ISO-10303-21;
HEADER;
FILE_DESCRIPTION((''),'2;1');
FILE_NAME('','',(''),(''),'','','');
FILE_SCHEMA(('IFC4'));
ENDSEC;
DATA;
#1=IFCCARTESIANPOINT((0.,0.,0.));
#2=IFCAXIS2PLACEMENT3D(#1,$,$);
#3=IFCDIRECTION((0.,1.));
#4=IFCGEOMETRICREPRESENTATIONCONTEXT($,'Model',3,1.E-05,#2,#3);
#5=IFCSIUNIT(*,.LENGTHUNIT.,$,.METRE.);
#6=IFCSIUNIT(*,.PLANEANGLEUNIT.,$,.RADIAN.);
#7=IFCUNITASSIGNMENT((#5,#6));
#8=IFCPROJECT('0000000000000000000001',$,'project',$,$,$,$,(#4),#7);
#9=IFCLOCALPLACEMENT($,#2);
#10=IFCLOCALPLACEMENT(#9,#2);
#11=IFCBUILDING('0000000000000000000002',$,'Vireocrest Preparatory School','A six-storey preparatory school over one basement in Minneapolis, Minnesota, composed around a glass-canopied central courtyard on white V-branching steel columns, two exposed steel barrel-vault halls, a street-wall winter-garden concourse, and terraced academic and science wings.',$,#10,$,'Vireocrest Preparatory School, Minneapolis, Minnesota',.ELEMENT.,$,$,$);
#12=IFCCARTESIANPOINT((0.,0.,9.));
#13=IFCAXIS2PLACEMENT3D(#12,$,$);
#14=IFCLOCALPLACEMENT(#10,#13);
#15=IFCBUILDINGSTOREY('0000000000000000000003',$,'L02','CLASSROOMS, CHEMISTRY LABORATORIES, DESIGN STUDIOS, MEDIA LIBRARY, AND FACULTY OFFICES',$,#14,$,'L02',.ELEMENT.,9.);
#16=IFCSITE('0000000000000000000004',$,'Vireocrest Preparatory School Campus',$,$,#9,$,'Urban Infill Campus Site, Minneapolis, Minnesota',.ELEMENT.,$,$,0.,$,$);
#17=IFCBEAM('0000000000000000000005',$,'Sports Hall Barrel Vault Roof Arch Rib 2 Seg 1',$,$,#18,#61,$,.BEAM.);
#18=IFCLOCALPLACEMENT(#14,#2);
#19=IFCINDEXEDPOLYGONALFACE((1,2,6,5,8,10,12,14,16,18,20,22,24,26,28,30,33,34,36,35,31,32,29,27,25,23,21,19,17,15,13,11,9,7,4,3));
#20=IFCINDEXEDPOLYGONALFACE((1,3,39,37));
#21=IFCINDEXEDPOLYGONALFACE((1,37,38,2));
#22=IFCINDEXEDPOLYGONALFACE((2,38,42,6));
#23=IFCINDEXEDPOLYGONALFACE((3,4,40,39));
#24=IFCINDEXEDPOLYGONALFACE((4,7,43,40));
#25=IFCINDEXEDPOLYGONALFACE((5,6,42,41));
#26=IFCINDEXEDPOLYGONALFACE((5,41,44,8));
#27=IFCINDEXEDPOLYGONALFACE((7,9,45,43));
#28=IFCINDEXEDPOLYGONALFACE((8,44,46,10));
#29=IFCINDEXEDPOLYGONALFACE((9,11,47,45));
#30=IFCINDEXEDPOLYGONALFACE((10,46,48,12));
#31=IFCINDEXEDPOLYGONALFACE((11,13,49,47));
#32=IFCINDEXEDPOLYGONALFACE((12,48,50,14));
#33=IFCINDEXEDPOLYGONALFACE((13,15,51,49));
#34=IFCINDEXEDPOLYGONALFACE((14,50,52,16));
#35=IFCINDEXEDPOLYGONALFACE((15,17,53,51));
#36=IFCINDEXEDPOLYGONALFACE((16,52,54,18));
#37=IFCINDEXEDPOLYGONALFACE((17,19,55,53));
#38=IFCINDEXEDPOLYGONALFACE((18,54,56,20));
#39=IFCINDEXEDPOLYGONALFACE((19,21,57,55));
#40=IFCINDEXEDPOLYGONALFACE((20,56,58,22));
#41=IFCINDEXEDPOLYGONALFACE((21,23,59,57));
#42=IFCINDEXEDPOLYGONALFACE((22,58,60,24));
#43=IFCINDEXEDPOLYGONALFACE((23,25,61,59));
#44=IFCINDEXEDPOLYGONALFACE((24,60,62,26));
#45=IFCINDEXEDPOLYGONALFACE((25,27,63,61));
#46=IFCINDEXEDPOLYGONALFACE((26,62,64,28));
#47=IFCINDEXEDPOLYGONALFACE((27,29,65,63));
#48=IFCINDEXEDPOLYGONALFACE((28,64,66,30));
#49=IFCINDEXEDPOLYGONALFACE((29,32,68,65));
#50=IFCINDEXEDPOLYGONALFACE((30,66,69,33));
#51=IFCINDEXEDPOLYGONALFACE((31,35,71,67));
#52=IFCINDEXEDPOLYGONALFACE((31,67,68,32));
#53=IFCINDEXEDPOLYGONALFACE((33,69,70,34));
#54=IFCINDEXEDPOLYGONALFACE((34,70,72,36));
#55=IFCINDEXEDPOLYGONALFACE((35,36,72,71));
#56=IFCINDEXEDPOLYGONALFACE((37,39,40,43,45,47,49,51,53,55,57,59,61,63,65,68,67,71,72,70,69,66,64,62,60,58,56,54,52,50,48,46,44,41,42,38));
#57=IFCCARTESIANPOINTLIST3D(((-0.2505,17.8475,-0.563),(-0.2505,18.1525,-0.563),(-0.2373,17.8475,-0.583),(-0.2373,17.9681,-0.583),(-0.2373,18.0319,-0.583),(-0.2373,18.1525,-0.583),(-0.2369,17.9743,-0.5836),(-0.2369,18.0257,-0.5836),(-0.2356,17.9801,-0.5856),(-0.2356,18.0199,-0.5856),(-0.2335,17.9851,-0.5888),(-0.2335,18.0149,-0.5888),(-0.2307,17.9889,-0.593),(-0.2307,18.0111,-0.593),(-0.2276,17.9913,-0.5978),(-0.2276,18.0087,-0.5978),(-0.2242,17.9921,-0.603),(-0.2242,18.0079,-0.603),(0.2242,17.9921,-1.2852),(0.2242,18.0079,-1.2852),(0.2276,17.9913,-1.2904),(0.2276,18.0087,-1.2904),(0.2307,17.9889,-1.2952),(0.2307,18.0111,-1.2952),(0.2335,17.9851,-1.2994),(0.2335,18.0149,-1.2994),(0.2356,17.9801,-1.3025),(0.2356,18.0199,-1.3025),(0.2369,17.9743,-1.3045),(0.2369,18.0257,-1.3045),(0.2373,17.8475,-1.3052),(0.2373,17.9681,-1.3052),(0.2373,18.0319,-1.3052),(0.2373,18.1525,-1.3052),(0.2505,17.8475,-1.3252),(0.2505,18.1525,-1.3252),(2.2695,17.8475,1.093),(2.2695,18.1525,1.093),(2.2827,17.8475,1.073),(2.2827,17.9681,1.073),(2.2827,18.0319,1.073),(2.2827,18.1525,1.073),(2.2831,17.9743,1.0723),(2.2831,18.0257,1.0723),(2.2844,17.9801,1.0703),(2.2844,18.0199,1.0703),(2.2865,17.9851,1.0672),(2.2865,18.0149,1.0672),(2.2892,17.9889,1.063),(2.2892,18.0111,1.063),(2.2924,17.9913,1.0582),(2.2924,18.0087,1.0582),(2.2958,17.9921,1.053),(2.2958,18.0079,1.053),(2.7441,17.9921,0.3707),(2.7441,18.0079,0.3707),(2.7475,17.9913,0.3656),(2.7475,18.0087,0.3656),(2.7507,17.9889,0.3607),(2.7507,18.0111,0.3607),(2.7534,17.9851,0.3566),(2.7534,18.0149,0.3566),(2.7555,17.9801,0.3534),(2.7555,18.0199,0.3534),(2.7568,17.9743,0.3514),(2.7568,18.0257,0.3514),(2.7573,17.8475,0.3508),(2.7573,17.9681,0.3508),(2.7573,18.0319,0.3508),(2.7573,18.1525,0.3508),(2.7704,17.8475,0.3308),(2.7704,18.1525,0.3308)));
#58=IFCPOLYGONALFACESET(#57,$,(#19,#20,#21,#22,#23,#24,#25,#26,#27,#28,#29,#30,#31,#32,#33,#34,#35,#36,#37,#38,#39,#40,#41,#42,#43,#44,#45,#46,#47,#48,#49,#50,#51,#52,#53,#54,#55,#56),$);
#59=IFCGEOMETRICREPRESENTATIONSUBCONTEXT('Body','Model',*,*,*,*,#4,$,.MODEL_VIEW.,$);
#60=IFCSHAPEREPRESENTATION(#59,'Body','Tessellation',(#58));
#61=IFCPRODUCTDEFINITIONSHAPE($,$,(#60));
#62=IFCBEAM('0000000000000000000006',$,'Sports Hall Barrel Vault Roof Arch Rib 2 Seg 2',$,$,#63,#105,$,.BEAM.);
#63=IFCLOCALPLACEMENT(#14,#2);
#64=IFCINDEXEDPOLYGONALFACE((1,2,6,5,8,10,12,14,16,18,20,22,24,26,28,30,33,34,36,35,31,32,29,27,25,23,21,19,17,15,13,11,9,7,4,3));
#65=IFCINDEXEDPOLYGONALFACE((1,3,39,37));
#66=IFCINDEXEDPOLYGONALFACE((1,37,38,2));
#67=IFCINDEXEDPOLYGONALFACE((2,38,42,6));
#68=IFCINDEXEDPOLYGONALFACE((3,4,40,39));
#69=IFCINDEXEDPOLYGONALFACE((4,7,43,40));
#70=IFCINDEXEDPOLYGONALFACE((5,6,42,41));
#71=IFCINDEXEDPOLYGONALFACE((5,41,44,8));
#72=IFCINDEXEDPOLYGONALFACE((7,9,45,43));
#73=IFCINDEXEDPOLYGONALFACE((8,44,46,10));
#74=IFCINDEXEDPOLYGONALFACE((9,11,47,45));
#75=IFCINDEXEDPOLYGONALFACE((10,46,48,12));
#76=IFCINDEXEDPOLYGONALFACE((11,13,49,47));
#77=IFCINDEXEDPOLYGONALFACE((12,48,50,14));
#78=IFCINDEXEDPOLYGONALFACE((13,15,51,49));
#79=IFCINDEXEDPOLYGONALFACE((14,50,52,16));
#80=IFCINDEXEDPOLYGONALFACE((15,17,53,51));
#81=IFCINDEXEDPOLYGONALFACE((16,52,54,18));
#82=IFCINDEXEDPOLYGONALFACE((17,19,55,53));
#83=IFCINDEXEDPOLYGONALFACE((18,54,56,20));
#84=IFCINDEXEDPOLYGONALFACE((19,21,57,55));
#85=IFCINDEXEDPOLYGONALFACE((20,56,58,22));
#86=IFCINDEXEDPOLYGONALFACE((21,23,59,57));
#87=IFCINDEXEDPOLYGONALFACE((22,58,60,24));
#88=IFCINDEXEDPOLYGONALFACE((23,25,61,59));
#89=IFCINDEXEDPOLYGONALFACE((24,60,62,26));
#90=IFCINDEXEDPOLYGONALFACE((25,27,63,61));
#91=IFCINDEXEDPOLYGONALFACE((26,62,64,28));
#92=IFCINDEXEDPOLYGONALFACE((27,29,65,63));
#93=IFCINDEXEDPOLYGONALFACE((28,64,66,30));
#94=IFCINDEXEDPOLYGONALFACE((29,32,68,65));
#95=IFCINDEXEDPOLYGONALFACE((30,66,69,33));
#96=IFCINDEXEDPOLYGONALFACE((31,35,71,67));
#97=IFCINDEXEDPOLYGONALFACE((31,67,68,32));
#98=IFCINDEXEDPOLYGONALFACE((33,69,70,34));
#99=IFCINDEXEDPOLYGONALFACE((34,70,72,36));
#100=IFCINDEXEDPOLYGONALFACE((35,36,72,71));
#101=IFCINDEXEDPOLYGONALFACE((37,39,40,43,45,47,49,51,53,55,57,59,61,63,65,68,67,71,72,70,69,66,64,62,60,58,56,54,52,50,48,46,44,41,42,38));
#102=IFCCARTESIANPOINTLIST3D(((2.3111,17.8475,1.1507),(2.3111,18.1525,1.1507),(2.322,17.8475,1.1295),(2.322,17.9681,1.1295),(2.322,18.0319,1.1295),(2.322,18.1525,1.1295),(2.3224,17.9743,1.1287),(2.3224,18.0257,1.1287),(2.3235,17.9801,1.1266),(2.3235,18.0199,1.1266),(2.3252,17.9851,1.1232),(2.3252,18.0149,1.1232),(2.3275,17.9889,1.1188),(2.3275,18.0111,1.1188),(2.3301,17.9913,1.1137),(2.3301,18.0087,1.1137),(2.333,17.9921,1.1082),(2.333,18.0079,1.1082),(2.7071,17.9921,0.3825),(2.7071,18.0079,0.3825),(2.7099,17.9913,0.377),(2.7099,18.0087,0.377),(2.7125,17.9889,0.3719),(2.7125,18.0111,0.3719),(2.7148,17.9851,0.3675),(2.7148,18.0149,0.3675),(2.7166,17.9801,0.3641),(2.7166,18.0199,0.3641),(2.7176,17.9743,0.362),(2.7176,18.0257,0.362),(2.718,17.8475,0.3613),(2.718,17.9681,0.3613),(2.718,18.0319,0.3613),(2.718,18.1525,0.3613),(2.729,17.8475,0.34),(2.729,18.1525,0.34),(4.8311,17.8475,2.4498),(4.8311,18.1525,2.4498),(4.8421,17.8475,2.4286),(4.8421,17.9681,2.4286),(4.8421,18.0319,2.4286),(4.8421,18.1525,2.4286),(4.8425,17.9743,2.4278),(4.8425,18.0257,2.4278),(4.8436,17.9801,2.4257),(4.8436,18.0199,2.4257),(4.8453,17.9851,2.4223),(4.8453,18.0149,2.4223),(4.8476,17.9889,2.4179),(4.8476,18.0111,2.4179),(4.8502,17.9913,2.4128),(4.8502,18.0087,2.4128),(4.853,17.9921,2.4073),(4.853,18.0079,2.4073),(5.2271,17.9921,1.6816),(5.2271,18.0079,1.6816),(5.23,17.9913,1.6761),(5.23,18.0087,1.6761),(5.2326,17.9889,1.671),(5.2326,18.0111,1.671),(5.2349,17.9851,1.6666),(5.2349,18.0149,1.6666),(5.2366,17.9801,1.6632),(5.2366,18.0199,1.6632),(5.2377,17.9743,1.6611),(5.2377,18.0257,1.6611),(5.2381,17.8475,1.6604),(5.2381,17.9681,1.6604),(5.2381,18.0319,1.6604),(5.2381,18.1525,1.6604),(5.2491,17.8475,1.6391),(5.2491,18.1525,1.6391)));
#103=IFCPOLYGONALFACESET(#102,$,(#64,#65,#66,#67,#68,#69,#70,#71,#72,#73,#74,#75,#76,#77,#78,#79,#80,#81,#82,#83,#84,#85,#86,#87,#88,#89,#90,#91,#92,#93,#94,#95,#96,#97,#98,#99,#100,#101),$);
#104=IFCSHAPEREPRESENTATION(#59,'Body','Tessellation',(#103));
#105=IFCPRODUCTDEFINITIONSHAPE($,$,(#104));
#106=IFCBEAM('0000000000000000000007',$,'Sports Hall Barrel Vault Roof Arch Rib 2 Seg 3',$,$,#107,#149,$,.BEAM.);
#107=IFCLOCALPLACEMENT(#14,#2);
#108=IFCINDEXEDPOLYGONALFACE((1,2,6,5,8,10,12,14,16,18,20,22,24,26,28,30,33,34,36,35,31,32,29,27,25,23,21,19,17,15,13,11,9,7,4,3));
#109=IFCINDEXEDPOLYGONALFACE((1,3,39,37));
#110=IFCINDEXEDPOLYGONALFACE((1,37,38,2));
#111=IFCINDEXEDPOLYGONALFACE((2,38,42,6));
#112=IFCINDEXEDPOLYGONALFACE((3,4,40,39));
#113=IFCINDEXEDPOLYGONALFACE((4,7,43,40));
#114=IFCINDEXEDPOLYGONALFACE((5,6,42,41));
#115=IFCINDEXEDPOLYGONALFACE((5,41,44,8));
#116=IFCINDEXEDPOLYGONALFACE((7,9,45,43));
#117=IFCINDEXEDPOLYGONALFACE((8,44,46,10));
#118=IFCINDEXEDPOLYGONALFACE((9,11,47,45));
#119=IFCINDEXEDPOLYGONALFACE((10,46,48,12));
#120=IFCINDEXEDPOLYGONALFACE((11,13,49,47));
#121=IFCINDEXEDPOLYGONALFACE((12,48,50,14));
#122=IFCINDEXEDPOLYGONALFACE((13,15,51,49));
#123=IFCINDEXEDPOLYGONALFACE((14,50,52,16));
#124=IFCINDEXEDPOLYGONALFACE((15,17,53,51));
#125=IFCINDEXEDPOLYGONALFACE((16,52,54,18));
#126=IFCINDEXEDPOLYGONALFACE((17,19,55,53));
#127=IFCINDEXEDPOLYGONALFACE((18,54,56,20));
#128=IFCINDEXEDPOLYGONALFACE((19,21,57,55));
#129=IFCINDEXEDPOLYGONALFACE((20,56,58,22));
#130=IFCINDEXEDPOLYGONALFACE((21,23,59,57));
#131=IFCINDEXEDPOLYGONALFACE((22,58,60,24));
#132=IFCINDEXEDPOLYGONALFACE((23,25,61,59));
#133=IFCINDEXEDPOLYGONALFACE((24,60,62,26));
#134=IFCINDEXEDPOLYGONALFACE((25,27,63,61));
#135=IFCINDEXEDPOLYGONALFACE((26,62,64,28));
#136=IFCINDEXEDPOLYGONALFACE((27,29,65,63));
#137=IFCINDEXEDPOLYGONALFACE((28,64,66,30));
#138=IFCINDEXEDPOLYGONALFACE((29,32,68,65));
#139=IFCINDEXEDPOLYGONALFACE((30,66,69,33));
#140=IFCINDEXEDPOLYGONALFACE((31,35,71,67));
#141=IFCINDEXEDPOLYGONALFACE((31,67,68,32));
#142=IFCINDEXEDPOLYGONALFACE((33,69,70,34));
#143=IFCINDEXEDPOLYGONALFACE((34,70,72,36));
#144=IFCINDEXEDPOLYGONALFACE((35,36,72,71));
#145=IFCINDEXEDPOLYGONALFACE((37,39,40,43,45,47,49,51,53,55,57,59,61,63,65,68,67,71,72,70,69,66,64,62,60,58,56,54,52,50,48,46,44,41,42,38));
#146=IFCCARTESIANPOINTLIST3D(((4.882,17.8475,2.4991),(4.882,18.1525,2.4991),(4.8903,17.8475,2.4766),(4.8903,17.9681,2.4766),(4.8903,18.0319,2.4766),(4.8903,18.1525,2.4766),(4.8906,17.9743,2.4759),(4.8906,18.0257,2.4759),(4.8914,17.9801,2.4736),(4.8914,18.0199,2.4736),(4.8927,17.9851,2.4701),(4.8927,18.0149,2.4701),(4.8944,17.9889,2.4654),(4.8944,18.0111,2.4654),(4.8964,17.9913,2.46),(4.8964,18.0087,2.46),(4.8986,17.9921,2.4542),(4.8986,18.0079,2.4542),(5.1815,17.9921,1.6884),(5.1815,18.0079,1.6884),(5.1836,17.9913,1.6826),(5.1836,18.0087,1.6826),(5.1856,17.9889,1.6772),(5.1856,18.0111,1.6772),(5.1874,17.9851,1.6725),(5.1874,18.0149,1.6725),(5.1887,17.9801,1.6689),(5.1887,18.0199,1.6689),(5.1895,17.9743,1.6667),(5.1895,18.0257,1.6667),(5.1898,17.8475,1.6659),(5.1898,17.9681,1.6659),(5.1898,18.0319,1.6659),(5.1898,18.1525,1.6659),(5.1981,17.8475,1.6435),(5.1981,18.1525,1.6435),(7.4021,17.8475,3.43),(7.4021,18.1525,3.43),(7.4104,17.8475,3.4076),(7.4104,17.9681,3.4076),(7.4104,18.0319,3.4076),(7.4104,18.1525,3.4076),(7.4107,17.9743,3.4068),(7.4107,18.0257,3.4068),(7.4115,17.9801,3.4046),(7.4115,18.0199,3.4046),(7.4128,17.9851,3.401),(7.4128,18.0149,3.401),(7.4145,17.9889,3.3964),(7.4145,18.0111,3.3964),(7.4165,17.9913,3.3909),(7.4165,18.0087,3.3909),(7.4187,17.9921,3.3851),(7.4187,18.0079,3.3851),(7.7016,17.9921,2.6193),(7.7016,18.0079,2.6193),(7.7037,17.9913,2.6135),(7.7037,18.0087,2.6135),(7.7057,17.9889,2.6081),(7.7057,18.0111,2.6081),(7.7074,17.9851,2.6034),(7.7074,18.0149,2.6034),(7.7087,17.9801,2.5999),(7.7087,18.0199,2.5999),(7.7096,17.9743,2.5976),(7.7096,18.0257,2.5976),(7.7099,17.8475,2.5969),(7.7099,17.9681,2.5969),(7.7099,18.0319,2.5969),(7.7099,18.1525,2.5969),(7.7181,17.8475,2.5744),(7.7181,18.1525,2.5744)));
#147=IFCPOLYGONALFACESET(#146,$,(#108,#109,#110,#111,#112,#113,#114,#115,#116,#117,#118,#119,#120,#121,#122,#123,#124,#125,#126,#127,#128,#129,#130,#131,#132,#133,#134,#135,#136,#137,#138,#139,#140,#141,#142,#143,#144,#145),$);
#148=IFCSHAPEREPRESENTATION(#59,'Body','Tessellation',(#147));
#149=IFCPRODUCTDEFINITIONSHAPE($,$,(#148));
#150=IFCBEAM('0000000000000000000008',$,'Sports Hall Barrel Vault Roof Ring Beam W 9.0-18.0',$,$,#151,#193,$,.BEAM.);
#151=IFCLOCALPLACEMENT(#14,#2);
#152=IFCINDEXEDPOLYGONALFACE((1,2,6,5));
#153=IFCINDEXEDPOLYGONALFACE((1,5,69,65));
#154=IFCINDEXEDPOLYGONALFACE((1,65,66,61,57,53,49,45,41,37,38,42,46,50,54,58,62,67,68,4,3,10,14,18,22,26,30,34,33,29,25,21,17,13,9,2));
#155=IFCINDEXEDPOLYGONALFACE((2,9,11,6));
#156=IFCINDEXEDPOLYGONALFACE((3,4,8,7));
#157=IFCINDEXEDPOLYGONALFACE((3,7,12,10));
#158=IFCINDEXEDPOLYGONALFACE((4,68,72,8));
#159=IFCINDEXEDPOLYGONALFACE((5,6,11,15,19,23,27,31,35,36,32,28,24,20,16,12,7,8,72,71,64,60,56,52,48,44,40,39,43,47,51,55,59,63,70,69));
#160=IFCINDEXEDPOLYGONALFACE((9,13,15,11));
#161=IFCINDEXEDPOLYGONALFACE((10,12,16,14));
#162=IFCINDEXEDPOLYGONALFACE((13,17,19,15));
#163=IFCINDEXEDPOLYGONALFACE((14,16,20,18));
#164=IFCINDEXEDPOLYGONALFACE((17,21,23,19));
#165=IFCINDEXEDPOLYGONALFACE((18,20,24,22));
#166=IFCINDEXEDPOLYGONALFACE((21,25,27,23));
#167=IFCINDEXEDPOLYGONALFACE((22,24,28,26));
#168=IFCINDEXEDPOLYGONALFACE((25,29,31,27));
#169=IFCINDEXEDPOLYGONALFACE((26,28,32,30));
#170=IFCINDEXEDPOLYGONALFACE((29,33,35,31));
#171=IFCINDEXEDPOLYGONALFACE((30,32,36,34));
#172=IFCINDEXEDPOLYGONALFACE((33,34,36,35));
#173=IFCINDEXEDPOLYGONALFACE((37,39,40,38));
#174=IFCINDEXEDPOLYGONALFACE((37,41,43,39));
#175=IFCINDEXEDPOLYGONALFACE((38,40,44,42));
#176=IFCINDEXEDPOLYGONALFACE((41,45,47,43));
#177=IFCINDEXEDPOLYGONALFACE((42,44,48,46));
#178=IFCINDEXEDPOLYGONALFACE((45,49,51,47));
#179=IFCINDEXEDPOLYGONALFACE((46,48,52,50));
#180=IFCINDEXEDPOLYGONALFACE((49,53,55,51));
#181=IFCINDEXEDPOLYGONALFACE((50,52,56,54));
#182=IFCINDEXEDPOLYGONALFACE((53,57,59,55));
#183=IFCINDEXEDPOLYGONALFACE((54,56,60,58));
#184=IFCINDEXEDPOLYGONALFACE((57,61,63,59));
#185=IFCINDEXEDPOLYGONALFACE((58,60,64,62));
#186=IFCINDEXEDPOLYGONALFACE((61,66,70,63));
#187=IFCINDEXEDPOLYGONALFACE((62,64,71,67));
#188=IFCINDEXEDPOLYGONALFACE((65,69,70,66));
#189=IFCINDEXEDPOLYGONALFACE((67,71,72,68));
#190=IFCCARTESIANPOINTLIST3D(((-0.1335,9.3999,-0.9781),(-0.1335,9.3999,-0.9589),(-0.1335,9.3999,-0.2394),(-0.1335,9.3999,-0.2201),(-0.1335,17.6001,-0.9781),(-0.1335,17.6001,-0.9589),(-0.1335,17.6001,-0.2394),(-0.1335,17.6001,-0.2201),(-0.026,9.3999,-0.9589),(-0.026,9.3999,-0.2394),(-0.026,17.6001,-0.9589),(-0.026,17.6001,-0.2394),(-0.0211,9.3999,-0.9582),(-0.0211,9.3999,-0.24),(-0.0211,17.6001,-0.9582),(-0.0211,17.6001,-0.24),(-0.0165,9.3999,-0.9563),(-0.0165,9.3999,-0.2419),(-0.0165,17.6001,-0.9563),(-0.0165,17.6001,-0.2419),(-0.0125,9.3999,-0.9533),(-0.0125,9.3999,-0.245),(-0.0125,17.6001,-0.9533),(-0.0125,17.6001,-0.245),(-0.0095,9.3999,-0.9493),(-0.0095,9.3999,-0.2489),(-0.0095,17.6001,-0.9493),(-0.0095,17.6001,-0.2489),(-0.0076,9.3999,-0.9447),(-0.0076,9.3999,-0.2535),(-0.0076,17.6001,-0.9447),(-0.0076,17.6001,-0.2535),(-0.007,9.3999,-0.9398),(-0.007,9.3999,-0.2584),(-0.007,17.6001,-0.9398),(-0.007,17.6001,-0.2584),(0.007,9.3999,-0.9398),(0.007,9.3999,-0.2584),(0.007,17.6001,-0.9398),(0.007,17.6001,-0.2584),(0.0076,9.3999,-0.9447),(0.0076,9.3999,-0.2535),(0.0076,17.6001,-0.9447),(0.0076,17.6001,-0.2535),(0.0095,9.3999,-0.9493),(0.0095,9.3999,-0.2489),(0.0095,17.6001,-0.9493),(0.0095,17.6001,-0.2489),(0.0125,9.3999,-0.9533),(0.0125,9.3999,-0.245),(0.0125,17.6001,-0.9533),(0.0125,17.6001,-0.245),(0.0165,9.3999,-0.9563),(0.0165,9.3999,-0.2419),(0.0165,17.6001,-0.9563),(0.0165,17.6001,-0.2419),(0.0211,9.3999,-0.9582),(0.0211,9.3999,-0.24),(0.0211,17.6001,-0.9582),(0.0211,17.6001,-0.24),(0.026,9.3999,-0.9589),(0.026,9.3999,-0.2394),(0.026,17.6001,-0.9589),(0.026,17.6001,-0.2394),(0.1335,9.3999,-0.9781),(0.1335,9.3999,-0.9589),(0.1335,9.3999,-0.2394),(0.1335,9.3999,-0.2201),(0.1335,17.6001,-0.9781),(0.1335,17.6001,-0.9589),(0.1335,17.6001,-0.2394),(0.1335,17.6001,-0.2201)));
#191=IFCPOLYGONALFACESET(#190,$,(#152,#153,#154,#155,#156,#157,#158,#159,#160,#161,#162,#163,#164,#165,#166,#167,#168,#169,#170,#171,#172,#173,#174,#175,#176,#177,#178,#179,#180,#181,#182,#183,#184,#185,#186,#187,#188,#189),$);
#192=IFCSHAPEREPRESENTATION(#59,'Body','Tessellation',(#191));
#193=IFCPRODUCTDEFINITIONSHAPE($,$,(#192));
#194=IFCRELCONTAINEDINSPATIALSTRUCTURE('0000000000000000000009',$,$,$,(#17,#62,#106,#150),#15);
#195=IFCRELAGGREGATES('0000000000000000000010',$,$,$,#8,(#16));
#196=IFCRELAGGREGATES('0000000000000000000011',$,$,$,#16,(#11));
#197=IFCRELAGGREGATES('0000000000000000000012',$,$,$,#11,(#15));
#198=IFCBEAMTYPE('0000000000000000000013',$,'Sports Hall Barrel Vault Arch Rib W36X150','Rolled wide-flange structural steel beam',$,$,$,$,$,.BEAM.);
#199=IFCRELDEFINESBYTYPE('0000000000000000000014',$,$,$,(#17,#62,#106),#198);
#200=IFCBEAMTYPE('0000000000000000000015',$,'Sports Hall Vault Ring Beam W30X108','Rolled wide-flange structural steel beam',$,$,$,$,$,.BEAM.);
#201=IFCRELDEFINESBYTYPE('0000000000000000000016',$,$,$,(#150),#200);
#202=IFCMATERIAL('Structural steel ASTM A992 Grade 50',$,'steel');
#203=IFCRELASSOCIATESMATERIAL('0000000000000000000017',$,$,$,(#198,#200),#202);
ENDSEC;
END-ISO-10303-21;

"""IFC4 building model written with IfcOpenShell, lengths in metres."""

from ifc_helpers import new_model, si_unit, direction, frame, origin, origin_2d, place, context, subcontext, project, spatial, i_section, extrude, material, material_profile, profile_set, type_object, element, save


model = new_model("IFC4")

# Units and contexts
model_context = context("Model", 3, precision=1e-05, world=origin(), true_north=direction((0.0, 1.0)))
body_context = subcontext(model_context, "Body", "Model", "MODEL_VIEW")
ifc_project = project(units=[si_unit("LENGTHUNIT", "METRE"), si_unit("PLANEANGLEUNIT", "RADIAN")], contexts=[model_context])

# Site, building, storey
site_placement = place(None, origin())
site = spatial("IfcSite", under=ifc_project, at=site_placement, Name="Vireocrest Preparatory School Campus", LongName="Urban Infill Campus Site, Minneapolis, Minnesota", CompositionType="ELEMENT", RefElevation=0.0)
building_placement = place(site_placement, origin())
building = spatial("IfcBuilding", under=site, at=building_placement, Name="Vireocrest Preparatory School", Description="A six-storey preparatory school over one basement in Minneapolis, Minnesota, composed around a glass-canopied central courtyard on white V-branching steel columns, two exposed steel barrel-vault halls, a street-wall winter-garden concourse, and terraced academic and science wings.", LongName="Vireocrest Preparatory School, Minneapolis, Minnesota", CompositionType="ELEMENT")
storey_placement = place(building_placement, frame((0.0, 0.0, 9.0)))
storey = spatial("IfcBuildingStorey", under=building, at=storey_placement, Name="L02", Description="CLASSROOMS, CHEMISTRY LABORATORIES, DESIGN STUDIOS, MEDIA LIBRARY, AND FACULTY OFFICES", LongName="L02", CompositionType="ELEMENT", Elevation=9.0)

# Beams
ifc_material_1 = material(Name="Structural steel ASTM A992 Grade 50", Category="steel")
ifc_material_profile_1 = material_profile(ifc_material_1, i_section(OverallWidth=0.3049, OverallDepth=0.9121, WebThickness=0.0159, FlangeThickness=0.0239, FilletRadius=0.0239, at=origin_2d()), Name="W36X150")
ifc_profile_set_1 = profile_set([ifc_material_profile_1], Name="Structural steel ASTM A992 Grade 50")
beam_type_1 = type_object("IfcBeamType", Name="Sports Hall Barrel Vault Arch Rib W36X150", Description="Rolled wide-flange structural steel beam", PredefinedType="BEAM", material=ifc_profile_set_1)
beam_1_placement = place(storey_placement, frame((0.0, 18.0, -0.9441), z_axis=(0.835707, 0.0, 0.549176), x_axis=(0.0, 1.0, 0.0)))
element("IfcBeam", 1, at=beam_1_placement, inside=storey, type_object=beam_type_1, Name="Sports Hall Barrel Vault Roof Arch Rib 2 Seg 1", PredefinedType="BEAM", context=body_context, shape_type="SweptSolid", body=[
    extrude(i_section(OverallWidth=0.3049, OverallDepth=0.9121, WebThickness=0.0159, FlangeThickness=0.0239, FilletRadius=0.0239, at=origin_2d()), origin(), (0.0, 0.0, 1.0), 3.0154),
])
beam_2_placement = place(storey_placement, frame((2.52, 18.0, 0.7454), z_axis=(0.888848, 0.0, 0.458202), x_axis=(0.0, 1.0, 0.0)))
element("IfcBeam", 2, at=beam_2_placement, inside=storey, type_object=beam_type_1, Name="Sports Hall Barrel Vault Roof Arch Rib 2 Seg 2", PredefinedType="BEAM", context=body_context, shape_type="SweptSolid", body=[
    extrude(i_section(OverallWidth=0.3049, OverallDepth=0.9121, WebThickness=0.0159, FlangeThickness=0.0239, FilletRadius=0.0239, at=origin_2d()), origin(), (0.0, 0.0, 1.0), 2.8352),
])
beam_3_placement = place(storey_placement, frame((5.04, 18.0, 2.0713), z_axis=(0.938043, 0.0, 0.346518), x_axis=(0.0, 1.0, 0.0)))
element("IfcBeam", 3, at=beam_3_placement, inside=storey, type_object=beam_type_1, Name="Sports Hall Barrel Vault Roof Arch Rib 2 Seg 3", PredefinedType="BEAM", context=body_context, shape_type="SweptSolid", body=[
    extrude(i_section(OverallWidth=0.3049, OverallDepth=0.9121, WebThickness=0.0159, FlangeThickness=0.0239, FilletRadius=0.0239, at=origin_2d()), origin(), (0.0, 0.0, 1.0), 2.6865),
])
ifc_material_profile_2 = material_profile(ifc_material_1, i_section(OverallWidth=0.2671, OverallDepth=0.7581, WebThickness=0.0139, FlangeThickness=0.0193, FilletRadius=0.019, at=origin_2d()), Name="W30X108")
ifc_profile_set_2 = profile_set([ifc_material_profile_2], Name="Structural steel ASTM A992 Grade 50")
beam_type_2 = type_object("IfcBeamType", Name="Sports Hall Vault Ring Beam W30X108", Description="Rolled wide-flange structural steel beam", PredefinedType="BEAM", material=ifc_profile_set_2)
beam_4_placement = place(storey_placement, frame((0.0, 9.3999, -0.5991), z_axis=(0.0, 1.0, 0.0), x_axis=(-1.0, 0.0, 0.0)))
element("IfcBeam", 4, at=beam_4_placement, inside=storey, type_object=beam_type_2, Name="Sports Hall Barrel Vault Roof Ring Beam W 9.0-18.0", PredefinedType="BEAM", context=body_context, shape_type="SweptSolid", body=[
    extrude(i_section(OverallWidth=0.2671, OverallDepth=0.7581, WebThickness=0.0139, FlangeThickness=0.0193, FilletRadius=0.019, at=origin_2d()), origin(), (0.0, 0.0, 1.0), 8.2002),
])

save(model, "model.ifc")
